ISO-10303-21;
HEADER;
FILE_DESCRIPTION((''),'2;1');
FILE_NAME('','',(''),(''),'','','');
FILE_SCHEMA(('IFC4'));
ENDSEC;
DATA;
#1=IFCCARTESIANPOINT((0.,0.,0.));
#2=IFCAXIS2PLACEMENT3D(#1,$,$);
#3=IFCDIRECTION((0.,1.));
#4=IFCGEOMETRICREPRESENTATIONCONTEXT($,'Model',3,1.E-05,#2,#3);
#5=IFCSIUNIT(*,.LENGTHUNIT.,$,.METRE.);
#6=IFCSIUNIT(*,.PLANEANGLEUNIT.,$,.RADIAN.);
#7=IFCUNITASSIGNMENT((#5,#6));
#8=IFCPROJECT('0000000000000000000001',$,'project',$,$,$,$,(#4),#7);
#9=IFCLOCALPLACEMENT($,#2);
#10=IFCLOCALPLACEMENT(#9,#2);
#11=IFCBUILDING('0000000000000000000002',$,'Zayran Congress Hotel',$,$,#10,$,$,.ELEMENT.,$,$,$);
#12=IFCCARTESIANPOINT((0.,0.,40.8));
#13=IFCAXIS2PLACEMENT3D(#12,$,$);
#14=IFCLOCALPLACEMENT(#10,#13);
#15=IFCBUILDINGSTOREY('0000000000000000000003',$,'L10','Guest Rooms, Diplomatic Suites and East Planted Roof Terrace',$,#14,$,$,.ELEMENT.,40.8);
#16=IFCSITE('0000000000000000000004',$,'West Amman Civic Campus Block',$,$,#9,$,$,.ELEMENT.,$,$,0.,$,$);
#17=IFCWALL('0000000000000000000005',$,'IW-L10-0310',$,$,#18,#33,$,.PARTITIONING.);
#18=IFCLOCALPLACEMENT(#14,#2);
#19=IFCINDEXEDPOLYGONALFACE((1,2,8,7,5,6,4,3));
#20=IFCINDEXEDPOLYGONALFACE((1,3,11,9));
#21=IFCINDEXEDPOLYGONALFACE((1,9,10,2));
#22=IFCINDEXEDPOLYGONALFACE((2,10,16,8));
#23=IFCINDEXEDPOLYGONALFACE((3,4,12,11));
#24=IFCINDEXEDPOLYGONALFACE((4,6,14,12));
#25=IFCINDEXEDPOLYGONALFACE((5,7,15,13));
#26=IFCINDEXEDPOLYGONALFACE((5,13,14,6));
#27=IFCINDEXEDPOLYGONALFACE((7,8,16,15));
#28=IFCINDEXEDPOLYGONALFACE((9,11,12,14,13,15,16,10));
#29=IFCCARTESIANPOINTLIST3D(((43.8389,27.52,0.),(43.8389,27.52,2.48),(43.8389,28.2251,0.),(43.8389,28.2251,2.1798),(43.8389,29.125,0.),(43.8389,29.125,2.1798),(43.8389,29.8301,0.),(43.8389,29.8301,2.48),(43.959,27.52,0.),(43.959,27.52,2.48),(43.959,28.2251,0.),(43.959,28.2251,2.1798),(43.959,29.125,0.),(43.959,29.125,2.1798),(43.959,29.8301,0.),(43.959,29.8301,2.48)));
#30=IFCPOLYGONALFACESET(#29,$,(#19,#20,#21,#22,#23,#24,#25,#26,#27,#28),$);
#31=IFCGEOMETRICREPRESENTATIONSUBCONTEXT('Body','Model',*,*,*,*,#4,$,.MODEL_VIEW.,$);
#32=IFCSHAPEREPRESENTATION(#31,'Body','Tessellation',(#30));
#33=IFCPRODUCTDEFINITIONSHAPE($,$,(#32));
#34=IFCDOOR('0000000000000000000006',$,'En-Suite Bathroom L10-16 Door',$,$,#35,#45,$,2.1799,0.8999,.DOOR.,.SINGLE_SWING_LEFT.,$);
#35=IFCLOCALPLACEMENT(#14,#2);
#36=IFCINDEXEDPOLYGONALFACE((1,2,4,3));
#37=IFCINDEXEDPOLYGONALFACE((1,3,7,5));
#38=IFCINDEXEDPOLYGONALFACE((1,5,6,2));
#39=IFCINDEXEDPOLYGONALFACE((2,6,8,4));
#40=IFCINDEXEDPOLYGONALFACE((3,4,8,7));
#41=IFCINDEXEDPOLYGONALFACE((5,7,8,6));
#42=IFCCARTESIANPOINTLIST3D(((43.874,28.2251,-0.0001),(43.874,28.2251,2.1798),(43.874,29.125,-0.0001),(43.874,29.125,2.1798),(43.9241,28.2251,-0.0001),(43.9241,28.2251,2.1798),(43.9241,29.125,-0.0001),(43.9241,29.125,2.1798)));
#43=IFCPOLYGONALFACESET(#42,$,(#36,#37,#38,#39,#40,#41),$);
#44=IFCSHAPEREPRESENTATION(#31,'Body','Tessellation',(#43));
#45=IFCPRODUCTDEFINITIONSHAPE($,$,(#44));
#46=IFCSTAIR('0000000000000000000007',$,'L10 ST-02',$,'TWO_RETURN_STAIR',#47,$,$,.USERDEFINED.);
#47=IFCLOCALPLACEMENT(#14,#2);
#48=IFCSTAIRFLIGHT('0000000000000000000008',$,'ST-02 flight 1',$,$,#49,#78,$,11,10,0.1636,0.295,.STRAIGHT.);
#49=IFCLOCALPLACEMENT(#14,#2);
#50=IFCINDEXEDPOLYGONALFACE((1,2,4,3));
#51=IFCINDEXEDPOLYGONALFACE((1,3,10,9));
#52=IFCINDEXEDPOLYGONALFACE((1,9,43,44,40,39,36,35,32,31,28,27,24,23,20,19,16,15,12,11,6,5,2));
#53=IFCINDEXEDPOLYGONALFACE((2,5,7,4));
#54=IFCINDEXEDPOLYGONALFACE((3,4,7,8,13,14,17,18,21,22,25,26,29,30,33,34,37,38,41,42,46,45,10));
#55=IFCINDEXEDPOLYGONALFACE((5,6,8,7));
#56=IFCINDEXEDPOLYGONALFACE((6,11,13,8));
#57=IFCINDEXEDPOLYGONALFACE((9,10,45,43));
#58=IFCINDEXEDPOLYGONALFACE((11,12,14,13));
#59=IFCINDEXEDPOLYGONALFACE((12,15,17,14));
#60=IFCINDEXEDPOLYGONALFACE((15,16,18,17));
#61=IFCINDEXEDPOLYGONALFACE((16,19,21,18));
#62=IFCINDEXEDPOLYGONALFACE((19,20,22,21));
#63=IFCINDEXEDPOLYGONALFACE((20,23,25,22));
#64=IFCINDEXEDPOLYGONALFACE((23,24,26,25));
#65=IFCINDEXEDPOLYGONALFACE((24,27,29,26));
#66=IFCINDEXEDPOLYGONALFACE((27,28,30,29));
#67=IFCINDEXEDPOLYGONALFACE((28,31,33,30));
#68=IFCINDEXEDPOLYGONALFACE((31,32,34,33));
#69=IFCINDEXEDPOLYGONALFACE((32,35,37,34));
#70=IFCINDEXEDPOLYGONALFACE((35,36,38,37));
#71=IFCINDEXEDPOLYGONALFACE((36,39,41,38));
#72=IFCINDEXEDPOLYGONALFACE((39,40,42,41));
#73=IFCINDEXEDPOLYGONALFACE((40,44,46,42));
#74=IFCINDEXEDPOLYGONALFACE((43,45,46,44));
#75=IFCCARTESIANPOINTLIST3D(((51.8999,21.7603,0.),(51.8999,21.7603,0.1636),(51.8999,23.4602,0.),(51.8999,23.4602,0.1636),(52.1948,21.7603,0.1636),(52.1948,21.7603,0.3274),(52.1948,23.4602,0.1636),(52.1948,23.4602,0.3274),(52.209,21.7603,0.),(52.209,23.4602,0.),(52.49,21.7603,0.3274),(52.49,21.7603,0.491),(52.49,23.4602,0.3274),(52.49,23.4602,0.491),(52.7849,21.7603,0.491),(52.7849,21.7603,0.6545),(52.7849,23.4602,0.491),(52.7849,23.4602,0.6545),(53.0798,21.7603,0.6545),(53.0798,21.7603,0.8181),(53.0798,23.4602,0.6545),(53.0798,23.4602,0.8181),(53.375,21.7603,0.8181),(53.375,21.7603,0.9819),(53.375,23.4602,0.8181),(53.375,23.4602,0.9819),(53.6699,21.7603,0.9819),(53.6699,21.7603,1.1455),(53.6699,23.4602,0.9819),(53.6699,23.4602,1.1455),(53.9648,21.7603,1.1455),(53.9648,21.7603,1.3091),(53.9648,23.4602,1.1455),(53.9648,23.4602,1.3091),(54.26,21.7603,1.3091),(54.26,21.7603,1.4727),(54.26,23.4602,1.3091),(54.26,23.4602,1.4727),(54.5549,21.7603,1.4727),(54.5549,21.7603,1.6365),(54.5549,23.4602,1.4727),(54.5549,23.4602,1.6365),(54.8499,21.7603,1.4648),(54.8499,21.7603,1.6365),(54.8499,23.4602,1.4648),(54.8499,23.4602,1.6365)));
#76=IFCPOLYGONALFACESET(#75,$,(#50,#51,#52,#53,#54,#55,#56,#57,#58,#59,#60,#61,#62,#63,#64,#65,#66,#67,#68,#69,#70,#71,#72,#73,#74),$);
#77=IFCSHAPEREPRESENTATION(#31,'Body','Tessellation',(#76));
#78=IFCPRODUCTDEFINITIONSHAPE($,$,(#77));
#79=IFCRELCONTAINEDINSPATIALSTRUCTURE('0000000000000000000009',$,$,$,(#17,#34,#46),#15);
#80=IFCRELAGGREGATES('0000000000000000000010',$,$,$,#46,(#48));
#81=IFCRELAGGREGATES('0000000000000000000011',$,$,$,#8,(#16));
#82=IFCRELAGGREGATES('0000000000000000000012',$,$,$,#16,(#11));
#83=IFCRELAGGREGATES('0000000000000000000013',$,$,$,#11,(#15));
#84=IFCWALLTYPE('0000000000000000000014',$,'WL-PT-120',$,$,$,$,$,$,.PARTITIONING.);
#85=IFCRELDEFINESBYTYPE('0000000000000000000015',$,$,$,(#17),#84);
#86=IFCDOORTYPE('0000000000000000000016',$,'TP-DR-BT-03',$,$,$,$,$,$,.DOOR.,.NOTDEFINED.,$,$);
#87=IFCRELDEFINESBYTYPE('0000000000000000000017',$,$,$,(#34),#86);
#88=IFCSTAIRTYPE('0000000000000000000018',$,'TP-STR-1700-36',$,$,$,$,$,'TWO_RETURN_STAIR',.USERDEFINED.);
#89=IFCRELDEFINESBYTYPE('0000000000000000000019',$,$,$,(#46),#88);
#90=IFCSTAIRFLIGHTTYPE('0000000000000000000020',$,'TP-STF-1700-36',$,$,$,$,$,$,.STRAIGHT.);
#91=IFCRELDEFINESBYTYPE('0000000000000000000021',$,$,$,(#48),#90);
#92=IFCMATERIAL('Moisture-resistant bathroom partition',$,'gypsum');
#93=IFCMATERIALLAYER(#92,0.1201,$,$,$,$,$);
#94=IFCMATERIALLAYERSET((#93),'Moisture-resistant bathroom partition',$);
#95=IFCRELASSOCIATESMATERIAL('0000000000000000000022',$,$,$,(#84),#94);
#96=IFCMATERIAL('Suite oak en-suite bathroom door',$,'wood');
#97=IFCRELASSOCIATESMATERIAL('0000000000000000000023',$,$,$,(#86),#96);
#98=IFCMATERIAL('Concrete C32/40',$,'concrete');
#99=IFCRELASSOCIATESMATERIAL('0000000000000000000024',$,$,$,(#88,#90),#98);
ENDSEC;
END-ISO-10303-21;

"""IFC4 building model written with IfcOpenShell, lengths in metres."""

from ifc_helpers import new_model, si_unit, direction, frame, frame_2d, origin, place, context, subcontext, project, spatial, polyline, rectangle, outline, extrude, material, layer, layer_set, type_object, element, fill, aggregate, save


model = new_model("IFC4")

# Units and contexts
model_context = context("Model", 3, precision=1e-05, world=origin(), true_north=direction((0.0, 1.0)))
body_context = subcontext(model_context, "Body", "Model", "MODEL_VIEW")
ifc_project = project(units=[si_unit("LENGTHUNIT", "METRE"), si_unit("PLANEANGLEUNIT", "RADIAN")], contexts=[model_context])

# Site, building, storey
site_placement = place(None, origin())
site = spatial("IfcSite", under=ifc_project, at=site_placement, Name="West Amman Civic Campus Block", CompositionType="ELEMENT", RefElevation=0.0)
building_placement = place(site_placement, origin())
building = spatial("IfcBuilding", under=site, at=building_placement, Name="Zayran Congress Hotel", CompositionType="ELEMENT")
storey_placement = place(building_placement, frame((0.0, 0.0, 40.8)))
storey = spatial("IfcBuildingStorey", under=building, at=storey_placement, Name="L10", Description="Guest Rooms, Diplomatic Suites and East Planted Roof Terrace", CompositionType="ELEMENT", Elevation=40.8)

# Wall, opening, door
ifc_material_1 = material(Name="Moisture-resistant bathroom partition", Category="gypsum")
ifc_layer_1 = layer(ifc_material_1, 0.1201)
ifc_layer_set_1 = layer_set([ifc_layer_1], Name="Moisture-resistant bathroom partition")
wall_type_1 = type_object("IfcWallType", Name="WL-PT-120", PredefinedType="PARTITIONING", material=ifc_layer_set_1)
wall_1_placement = place(storey_placement, frame((43.8989, 27.52, 0.0), z_axis=(0.0, 0.0, 1.0), x_axis=(0.0, 1.0, 0.0)))
wall_1 = element("IfcWall", 1, at=wall_1_placement, inside=storey, type_object=wall_type_1, Name="IW-L10-0310", PredefinedType="PARTITIONING", context=body_context, shape_type="SweptSolid", body=[
    extrude(rectangle(XDim=2.3101, YDim=0.1201, at=frame_2d((1.155, 0.0))), origin(), (0.0, 0.0, 1.0), 2.48),
])
opening_1_placement = place(wall_1_placement, frame((0.7051, 0.0, 0.0)))
opening_1 = element("IfcOpeningElement", 2, at=opening_1_placement, cuts=wall_1, PredefinedType="OPENING", context=body_context, shape_type="SweptSolid", body=[
    extrude(rectangle(XDim=0.8999, YDim=2.1799, at=frame_2d((0.45, 1.0898))), frame((0.0, 0.0701, 0.0), z_axis=(0.0, -1.0, 0.0), x_axis=(1.0, 0.0, 0.0)), (0.0, 0.0, 1.0), 0.1401),
])
ifc_material_2 = material(Name="Suite oak en-suite bathroom door", Category="wood")
door_type_1 = type_object("IfcDoorType", Name="TP-DR-BT-03", OperationType="NOTDEFINED", PredefinedType="DOOR", material=ifc_material_2)
door_1_placement = place(opening_1_placement, origin())
door_1 = element("IfcDoor", 3, at=door_1_placement, inside=storey, type_object=door_type_1, Name="En-Suite Bathroom L10-16 Door", OperationType="SINGLE_SWING_LEFT", OverallHeight=2.1799, OverallWidth=0.8999, PredefinedType="DOOR", context=body_context, shape_type="SweptSolid", body=[
    extrude(rectangle(XDim=0.8999, YDim=2.1799, at=frame_2d((0.45, 1.0898))), frame((0.0, 0.0249, 0.0), z_axis=(0.0, -1.0, 0.0), x_axis=(1.0, 0.0, 0.0)), (0.0, 0.0, 1.0), 0.05),
])
fill(opening_1, door_1)

# Stair, stair flight
ifc_material_3 = material(Name="Concrete C32/40", Category="concrete")
stair_type = type_object("IfcStairType", Name="TP-STR-1700-36", ElementType="TWO_RETURN_STAIR", PredefinedType="USERDEFINED", material=ifc_material_3)
stair_placement = place(storey_placement, origin())
stair = element("IfcStair", 4, at=stair_placement, inside=storey, type_object=stair_type, Name="L10 ST-02", ObjectType="TWO_RETURN_STAIR", PredefinedType="USERDEFINED")
stair_flight_type = type_object("IfcStairFlightType", Name="TP-STF-1700-36", PredefinedType="STRAIGHT", material=ifc_material_3)
stair_flight_placement = place(storey_placement, frame((51.8999, 22.6101, 0.0), z_axis=(0.0, 0.0, 1.0), x_axis=(1.0, 0.0, 0.0)))
stair_flight = element("IfcStairFlight", 5, at=stair_flight_placement, type_object=stair_flight_type, Name="ST-02 flight 1", NumberOfRisers=11, NumberOfTreads=10, PredefinedType="STRAIGHT", RiserHeight=0.1636, TreadLength=0.295, context=body_context, shape_type="SweptSolid", body=[
    extrude(outline(polyline([(0.0, 0.0), (0.0, 0.1636), (0.2949, 0.1636), (0.2949, 0.3274), (0.5901, 0.3274), (0.5901, 0.491), (0.885, 0.491), (0.885, 0.6545), (1.1799, 0.6545), (1.1799, 0.8181), (1.4751, 0.8181), (1.4751, 0.9819), (1.77, 0.9819), (1.77, 1.1455), (2.0649, 1.1455), (2.0649, 1.3091), (2.3601, 1.3091), (2.3601, 1.4727), (2.655, 1.4727), (2.655, 1.6365), (2.95, 1.6365), (2.95, 1.8), (2.95, 1.4648), (0.3091, 0.0), (0.0, 0.0)])), frame((0.0, 0.8501, 0.0), z_axis=(0.0, -1.0, 0.0), x_axis=(1.0, 0.0, 0.0)), (0.0, 0.0, 1.0), 1.7),
])
aggregate(stair, [stair_flight])

save(model, "model.ifc")
